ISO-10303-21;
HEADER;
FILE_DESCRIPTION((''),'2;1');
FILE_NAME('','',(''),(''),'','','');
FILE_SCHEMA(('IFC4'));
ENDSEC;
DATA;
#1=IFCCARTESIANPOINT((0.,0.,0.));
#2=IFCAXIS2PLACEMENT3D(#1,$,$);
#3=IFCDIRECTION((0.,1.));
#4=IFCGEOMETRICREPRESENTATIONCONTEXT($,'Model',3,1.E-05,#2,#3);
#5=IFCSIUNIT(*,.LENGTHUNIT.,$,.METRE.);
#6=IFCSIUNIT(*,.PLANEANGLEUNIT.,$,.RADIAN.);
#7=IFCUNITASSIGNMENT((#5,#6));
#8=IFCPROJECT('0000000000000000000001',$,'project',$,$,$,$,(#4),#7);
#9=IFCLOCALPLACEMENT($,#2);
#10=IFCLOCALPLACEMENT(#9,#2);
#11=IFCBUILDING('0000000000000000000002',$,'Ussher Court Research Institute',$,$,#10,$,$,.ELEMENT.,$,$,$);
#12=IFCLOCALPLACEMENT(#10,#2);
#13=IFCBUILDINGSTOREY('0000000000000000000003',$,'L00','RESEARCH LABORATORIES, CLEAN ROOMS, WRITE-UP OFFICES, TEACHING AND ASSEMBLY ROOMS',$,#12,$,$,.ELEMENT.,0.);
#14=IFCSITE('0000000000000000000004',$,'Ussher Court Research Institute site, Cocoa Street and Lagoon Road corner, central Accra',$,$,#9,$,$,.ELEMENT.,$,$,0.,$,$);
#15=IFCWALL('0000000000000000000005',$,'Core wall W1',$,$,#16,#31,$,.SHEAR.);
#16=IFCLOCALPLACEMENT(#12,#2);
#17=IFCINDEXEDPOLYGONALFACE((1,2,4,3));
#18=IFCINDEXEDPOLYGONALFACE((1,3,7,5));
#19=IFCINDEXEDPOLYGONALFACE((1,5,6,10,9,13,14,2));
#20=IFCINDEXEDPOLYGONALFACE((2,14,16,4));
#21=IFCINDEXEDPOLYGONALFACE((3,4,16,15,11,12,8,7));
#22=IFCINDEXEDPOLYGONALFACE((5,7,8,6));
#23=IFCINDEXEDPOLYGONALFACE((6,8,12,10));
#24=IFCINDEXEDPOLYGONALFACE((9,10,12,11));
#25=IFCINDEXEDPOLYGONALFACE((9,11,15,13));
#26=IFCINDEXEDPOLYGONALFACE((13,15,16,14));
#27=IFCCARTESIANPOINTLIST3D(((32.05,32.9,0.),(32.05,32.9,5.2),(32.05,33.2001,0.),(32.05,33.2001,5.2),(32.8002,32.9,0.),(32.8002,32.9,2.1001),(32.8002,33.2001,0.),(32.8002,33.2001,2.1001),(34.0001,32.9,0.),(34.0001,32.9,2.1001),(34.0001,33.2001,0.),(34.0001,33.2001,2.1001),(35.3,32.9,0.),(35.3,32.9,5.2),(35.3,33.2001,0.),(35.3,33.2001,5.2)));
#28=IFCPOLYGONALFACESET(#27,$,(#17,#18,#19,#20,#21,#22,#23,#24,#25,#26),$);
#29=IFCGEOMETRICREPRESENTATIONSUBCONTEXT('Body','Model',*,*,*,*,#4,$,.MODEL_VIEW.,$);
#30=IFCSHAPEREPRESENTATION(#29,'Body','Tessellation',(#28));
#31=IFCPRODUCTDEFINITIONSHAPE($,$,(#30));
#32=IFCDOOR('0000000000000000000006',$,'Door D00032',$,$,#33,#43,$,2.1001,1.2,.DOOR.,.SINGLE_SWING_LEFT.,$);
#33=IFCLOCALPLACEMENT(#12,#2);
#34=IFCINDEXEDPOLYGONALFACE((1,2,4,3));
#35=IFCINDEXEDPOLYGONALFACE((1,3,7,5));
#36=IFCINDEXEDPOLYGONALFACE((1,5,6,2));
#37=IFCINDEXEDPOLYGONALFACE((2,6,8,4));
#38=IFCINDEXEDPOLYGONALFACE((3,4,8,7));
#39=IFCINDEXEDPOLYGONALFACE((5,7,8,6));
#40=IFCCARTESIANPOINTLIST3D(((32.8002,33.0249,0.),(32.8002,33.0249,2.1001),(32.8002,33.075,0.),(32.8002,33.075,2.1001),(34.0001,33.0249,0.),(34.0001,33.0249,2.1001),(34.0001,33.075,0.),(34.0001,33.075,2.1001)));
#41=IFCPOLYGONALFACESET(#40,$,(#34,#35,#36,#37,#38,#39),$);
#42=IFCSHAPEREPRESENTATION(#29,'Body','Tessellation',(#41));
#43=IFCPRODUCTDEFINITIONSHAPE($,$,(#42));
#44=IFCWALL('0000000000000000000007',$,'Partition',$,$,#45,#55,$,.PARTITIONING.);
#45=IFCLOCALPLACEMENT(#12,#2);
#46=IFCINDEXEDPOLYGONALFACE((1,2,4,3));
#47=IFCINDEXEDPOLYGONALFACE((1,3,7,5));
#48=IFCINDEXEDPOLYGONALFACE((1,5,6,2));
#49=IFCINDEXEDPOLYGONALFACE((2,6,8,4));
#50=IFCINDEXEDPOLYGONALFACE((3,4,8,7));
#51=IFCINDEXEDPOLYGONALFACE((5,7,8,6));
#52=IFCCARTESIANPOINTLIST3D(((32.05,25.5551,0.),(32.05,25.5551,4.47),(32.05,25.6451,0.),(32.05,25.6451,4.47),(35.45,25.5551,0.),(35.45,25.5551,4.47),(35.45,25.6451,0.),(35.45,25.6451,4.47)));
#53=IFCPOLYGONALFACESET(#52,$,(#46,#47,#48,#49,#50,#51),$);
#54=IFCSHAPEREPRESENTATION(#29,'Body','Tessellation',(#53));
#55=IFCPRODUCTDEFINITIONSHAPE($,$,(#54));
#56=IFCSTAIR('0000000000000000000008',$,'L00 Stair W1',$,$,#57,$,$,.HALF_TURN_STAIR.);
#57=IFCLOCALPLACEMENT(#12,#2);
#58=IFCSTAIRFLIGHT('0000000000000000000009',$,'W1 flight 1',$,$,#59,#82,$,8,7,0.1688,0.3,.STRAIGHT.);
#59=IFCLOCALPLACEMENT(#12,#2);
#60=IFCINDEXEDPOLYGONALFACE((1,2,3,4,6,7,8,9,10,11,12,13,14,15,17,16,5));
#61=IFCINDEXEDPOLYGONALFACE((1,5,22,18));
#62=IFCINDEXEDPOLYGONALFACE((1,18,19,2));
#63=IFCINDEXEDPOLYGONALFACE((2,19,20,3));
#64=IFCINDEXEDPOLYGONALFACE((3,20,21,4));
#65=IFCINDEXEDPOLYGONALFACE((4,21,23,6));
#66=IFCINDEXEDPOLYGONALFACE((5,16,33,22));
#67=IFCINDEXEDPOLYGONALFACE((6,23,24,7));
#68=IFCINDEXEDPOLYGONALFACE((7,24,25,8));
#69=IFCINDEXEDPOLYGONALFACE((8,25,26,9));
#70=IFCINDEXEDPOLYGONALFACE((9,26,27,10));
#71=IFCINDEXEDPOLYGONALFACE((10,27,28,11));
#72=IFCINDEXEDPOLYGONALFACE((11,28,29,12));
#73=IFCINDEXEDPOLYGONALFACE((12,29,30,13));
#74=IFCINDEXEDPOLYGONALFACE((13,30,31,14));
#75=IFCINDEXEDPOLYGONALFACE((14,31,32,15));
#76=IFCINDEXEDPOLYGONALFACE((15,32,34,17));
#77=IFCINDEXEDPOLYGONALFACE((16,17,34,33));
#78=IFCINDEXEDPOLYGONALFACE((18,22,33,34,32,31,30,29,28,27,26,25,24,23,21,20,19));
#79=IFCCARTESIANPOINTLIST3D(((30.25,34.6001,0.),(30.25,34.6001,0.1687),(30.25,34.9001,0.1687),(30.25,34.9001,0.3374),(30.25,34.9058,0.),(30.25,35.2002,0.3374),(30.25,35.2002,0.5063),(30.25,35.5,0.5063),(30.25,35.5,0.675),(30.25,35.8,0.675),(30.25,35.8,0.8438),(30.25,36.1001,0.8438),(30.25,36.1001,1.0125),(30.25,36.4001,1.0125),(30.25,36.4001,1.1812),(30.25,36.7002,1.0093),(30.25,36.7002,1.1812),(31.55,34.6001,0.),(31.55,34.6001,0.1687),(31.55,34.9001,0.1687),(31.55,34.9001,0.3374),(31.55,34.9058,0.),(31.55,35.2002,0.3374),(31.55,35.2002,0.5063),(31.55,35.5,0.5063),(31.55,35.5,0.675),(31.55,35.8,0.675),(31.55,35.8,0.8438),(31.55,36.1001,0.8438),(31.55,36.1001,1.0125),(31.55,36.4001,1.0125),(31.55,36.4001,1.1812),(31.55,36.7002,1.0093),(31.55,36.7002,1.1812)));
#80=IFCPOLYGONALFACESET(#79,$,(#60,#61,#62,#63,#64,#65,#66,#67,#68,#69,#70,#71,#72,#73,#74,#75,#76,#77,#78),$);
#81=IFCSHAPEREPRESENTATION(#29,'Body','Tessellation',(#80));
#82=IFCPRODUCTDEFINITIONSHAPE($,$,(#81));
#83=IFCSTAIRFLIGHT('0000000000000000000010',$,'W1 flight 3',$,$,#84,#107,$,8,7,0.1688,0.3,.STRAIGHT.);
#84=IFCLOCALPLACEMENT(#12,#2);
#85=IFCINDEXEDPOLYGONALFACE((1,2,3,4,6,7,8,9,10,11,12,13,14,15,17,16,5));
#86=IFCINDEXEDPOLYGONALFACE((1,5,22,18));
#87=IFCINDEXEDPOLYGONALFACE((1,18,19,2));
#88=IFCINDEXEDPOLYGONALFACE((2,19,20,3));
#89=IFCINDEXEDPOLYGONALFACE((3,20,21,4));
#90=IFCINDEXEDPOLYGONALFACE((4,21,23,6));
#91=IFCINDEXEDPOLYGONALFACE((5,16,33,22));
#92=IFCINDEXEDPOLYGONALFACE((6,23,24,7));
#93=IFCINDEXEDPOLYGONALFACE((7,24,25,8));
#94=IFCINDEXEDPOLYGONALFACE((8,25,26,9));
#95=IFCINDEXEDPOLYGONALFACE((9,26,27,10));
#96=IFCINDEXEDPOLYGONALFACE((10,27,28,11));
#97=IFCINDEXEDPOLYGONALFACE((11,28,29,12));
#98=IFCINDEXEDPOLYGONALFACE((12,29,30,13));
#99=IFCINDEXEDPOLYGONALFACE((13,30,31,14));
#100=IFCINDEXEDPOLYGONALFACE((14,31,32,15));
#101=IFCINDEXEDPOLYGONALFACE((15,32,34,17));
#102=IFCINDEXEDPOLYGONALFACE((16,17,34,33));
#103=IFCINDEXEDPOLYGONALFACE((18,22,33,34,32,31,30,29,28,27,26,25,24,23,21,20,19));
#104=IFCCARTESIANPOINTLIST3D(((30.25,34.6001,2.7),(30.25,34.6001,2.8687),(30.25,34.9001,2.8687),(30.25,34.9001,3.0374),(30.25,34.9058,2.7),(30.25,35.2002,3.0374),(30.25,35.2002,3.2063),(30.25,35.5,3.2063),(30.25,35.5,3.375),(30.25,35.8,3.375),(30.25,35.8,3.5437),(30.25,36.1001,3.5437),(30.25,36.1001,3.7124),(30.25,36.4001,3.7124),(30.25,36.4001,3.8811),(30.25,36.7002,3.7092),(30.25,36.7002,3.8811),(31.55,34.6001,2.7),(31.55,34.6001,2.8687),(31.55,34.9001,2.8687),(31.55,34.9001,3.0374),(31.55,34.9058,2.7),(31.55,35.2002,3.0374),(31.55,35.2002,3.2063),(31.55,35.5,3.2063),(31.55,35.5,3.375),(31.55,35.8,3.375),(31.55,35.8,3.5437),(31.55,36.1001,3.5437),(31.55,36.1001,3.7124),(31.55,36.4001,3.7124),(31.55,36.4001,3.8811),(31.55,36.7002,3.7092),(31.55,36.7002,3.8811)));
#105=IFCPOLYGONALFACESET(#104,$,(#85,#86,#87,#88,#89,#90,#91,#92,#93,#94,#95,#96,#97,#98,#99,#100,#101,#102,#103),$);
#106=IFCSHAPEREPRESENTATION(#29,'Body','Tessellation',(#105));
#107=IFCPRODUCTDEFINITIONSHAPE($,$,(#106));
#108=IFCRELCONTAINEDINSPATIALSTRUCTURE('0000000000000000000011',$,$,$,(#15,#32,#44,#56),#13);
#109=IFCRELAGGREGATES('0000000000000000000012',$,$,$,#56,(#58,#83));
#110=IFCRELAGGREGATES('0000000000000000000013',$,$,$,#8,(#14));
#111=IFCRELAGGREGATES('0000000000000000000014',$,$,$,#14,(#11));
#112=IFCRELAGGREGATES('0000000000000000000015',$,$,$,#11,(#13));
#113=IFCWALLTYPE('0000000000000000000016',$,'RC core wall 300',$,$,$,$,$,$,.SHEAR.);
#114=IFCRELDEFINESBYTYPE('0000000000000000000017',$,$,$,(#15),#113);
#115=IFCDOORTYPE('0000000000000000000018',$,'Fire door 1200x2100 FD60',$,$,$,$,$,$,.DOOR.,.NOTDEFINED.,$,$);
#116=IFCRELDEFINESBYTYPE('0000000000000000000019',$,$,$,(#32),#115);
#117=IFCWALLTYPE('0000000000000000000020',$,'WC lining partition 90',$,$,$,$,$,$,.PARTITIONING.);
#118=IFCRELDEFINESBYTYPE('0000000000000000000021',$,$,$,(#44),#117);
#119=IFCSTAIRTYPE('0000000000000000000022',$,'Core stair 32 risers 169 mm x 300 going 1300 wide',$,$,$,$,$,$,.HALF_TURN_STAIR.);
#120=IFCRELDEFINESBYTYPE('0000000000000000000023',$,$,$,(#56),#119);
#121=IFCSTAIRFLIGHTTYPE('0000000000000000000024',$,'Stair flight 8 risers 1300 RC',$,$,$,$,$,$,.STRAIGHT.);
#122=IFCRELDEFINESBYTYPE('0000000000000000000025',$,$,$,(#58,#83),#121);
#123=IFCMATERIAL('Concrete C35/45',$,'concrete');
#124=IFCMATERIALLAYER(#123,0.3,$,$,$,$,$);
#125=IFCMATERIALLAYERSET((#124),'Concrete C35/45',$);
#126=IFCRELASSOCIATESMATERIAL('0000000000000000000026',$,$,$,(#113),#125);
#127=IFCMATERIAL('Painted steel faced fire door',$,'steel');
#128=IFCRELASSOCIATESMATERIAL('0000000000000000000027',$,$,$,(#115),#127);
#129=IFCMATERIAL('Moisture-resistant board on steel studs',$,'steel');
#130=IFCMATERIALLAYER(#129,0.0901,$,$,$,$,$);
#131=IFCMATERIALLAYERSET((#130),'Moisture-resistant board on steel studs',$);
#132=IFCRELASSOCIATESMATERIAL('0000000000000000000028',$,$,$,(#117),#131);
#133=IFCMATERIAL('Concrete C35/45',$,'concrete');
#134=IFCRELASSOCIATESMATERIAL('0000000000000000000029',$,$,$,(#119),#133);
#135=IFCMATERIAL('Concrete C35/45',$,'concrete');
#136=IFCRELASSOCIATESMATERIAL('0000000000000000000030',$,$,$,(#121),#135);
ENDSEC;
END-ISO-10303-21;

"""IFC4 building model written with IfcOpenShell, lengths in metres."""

from ifc_helpers import new_model, si_unit, direction, frame, frame_2d, origin, place, context, subcontext, project, spatial, polyline, rectangle, outline, extrude, material, layer, layer_set, type_object, element, fill, aggregate, save


model = new_model("IFC4")

# Units and contexts
model_context = context("Model", 3, precision=1e-05, world=origin(), true_north=direction((0.0, 1.0)))
body_context = subcontext(model_context, "Body", "Model", "MODEL_VIEW")
ifc_project = project(units=[si_unit("LENGTHUNIT", "METRE"), si_unit("PLANEANGLEUNIT", "RADIAN")], contexts=[model_context])

# Site, building, storey
site_placement = place(None, origin())
site = spatial("IfcSite", under=ifc_project, at=site_placement, Name="Ussher Court Research Institute site, Cocoa Street and Lagoon Road corner, central Accra", CompositionType="ELEMENT", RefElevation=0.0)
building_placement = place(site_placement, origin())
building = spatial("IfcBuilding", under=site, at=building_placement, Name="Ussher Court Research Institute", CompositionType="ELEMENT")
storey_placement = place(building_placement, origin())
storey = spatial("IfcBuildingStorey", under=building, at=storey_placement, Name="L00", Description="RESEARCH LABORATORIES, CLEAN ROOMS, WRITE-UP OFFICES, TEACHING AND ASSEMBLY ROOMS", CompositionType="ELEMENT", Elevation=0.0)

# Wall, opening, door
ifc_material_1 = material(Name="Concrete C35/45", Category="concrete")
ifc_layer_1 = layer(ifc_material_1, 0.3)
ifc_layer_set_1 = layer_set([ifc_layer_1], Name="Concrete C35/45")
wall_type_1 = type_object("IfcWallType", Name="RC core wall 300", PredefinedType="SHEAR", material=ifc_layer_set_1)
wall_1_placement = place(storey_placement, frame((32.05, 33.05, 0.0), z_axis=(0.0, 0.0, 1.0), x_axis=(1.0, 0.0, 0.0)))
wall_1 = element("IfcWall", 1, at=wall_1_placement, inside=storey, type_object=wall_type_1, Name="Core wall W1", PredefinedType="SHEAR", context=body_context, shape_type="SweptSolid", body=[
    extrude(rectangle(XDim=3.25, YDim=0.3, at=frame_2d((1.625, 0.0))), origin(), (0.0, 0.0, 1.0), 5.2),
])
opening_placement = place(wall_1_placement, frame((0.75, 0.0, 0.0)))
opening = element("IfcOpeningElement", 2, at=opening_placement, cuts=wall_1, PredefinedType="OPENING", context=body_context, shape_type="SweptSolid", body=[
    extrude(rectangle(XDim=1.2, YDim=2.1001, at=frame_2d((0.6001, 1.05))), frame((0.0, 0.1602, 0.0), z_axis=(0.0, -1.0, 0.0), x_axis=(1.0, 0.0, 0.0)), (0.0, 0.0, 1.0), 0.3201),
])
ifc_material_2 = material(Name="Painted steel faced fire door", Category="steel")
door_type = type_object("IfcDoorType", Name="Fire door 1200x2100 FD60", OperationType="NOTDEFINED", PredefinedType="DOOR", material=ifc_material_2)
door_placement = place(opening_placement, origin())
door = element("IfcDoor", 3, at=door_placement, inside=storey, type_object=door_type, Name="Door D00032", OperationType="SINGLE_SWING_LEFT", OverallHeight=2.1001, OverallWidth=1.2, PredefinedType="DOOR", context=body_context, shape_type="SweptSolid", body=[
    extrude(rectangle(XDim=1.2, YDim=2.1001, at=frame_2d((0.6001, 1.05))), frame((0.0, 0.0249, 0.0), z_axis=(0.0, -1.0, 0.0), x_axis=(1.0, 0.0, 0.0)), (0.0, 0.0, 1.0), 0.05),
])
fill(opening, door)

# Wall
ifc_material_3 = material(Name="Moisture-resistant board on steel studs", Category="steel")
ifc_layer_2 = layer(ifc_material_3, 0.0901)
ifc_layer_set_2 = layer_set([ifc_layer_2], Name="Moisture-resistant board on steel studs")
wall_type_2 = type_object("IfcWallType", Name="WC lining partition 90", PredefinedType="PARTITIONING", material=ifc_layer_set_2)
wall_2_placement = place(storey_placement, frame((32.05, 25.6001, 0.0), z_axis=(0.0, 0.0, 1.0), x_axis=(1.0, 0.0, 0.0)))
element("IfcWall", 4, at=wall_2_placement, inside=storey, type_object=wall_type_2, Name="Partition", PredefinedType="PARTITIONING", context=body_context, shape_type="SweptSolid", body=[
    extrude(rectangle(XDim=3.3999, YDim=0.0901, at=frame_2d((1.7, 0.0))), origin(), (0.0, 0.0, 1.0), 4.47),
])

# Stair, stair flights
ifc_material_4 = material(Name="Concrete C35/45", Category="concrete")
stair_type = type_object("IfcStairType", Name="Core stair 32 risers 169 mm x 300 going 1300 wide", PredefinedType="HALF_TURN_STAIR", material=ifc_material_4)
stair_placement = place(storey_placement, origin())
stair = element("IfcStair", 5, at=stair_placement, inside=storey, type_object=stair_type, Name="L00 Stair W1", PredefinedType="HALF_TURN_STAIR")
ifc_material_5 = material(Name="Concrete C35/45", Category="concrete")
stair_flight_type = type_object("IfcStairFlightType", Name="Stair flight 8 risers 1300 RC", PredefinedType="STRAIGHT", material=ifc_material_5)
stair_flight_1_placement = place(storey_placement, frame((30.8999, 34.6001, 0.0), z_axis=(0.0, 0.0, 1.0), x_axis=(0.0, 1.0, 0.0)))
stair_flight_1 = element("IfcStairFlight", 6, at=stair_flight_1_placement, type_object=stair_flight_type, Name="W1 flight 1", NumberOfRisers=8, NumberOfTreads=7, PredefinedType="STRAIGHT", RiserHeight=0.1688, TreadLength=0.3, context=body_context, shape_type="SweptSolid", body=[
    extrude(outline(polyline([(0.0, 0.0), (0.0, 0.1687), (0.3, 0.1687), (0.3, 0.3374), (0.6001, 0.3374), (0.6001, 0.5063), (0.8999, 0.5063), (0.8999, 0.675), (1.2, 0.675), (1.2, 0.8438), (1.5, 0.8438), (1.5, 1.0125), (1.8, 1.0125), (1.8, 1.1812), (2.1001, 1.1812), (2.1001, 1.3501), (2.1001, 1.0093), (0.3057, 0.0), (0.0, 0.0)])), frame((0.0, 0.6499, 0.0), z_axis=(0.0, -1.0, 0.0), x_axis=(1.0, 0.0, 0.0)), (0.0, 0.0, 1.0), 1.3),
])
stair_flight_2_placement = place(storey_placement, frame((30.8999, 34.6001, 2.7), z_axis=(0.0, 0.0, 1.0), x_axis=(0.0, 1.0, 0.0)))
stair_flight_2 = element("IfcStairFlight", 7, at=stair_flight_2_placement, type_object=stair_flight_type, Name="W1 flight 3", NumberOfRisers=8, NumberOfTreads=7, PredefinedType="STRAIGHT", RiserHeight=0.1688, TreadLength=0.3, context=body_context, shape_type="SweptSolid", body=[
    extrude(outline(polyline([(0.0, 0.0), (0.0, 0.1687), (0.3, 0.1687), (0.3, 0.3374), (0.6001, 0.3374), (0.6001, 0.5063), (0.8999, 0.5063), (0.8999, 0.675), (1.2, 0.675), (1.2, 0.8438), (1.5, 0.8438), (1.5, 1.0125), (1.8, 1.0125), (1.8, 1.1812), (2.1001, 1.1812), (2.1001, 1.3501), (2.1001, 1.0093), (0.3057, 0.0), (0.0, 0.0)])), frame((0.0, 0.6499, 0.0), z_axis=(0.0, -1.0, 0.0), x_axis=(1.0, 0.0, 0.0)), (0.0, 0.0, 1.0), 1.3),
])
aggregate(stair, [stair_flight_1, stair_flight_2])

save(model, "model.ifc")
